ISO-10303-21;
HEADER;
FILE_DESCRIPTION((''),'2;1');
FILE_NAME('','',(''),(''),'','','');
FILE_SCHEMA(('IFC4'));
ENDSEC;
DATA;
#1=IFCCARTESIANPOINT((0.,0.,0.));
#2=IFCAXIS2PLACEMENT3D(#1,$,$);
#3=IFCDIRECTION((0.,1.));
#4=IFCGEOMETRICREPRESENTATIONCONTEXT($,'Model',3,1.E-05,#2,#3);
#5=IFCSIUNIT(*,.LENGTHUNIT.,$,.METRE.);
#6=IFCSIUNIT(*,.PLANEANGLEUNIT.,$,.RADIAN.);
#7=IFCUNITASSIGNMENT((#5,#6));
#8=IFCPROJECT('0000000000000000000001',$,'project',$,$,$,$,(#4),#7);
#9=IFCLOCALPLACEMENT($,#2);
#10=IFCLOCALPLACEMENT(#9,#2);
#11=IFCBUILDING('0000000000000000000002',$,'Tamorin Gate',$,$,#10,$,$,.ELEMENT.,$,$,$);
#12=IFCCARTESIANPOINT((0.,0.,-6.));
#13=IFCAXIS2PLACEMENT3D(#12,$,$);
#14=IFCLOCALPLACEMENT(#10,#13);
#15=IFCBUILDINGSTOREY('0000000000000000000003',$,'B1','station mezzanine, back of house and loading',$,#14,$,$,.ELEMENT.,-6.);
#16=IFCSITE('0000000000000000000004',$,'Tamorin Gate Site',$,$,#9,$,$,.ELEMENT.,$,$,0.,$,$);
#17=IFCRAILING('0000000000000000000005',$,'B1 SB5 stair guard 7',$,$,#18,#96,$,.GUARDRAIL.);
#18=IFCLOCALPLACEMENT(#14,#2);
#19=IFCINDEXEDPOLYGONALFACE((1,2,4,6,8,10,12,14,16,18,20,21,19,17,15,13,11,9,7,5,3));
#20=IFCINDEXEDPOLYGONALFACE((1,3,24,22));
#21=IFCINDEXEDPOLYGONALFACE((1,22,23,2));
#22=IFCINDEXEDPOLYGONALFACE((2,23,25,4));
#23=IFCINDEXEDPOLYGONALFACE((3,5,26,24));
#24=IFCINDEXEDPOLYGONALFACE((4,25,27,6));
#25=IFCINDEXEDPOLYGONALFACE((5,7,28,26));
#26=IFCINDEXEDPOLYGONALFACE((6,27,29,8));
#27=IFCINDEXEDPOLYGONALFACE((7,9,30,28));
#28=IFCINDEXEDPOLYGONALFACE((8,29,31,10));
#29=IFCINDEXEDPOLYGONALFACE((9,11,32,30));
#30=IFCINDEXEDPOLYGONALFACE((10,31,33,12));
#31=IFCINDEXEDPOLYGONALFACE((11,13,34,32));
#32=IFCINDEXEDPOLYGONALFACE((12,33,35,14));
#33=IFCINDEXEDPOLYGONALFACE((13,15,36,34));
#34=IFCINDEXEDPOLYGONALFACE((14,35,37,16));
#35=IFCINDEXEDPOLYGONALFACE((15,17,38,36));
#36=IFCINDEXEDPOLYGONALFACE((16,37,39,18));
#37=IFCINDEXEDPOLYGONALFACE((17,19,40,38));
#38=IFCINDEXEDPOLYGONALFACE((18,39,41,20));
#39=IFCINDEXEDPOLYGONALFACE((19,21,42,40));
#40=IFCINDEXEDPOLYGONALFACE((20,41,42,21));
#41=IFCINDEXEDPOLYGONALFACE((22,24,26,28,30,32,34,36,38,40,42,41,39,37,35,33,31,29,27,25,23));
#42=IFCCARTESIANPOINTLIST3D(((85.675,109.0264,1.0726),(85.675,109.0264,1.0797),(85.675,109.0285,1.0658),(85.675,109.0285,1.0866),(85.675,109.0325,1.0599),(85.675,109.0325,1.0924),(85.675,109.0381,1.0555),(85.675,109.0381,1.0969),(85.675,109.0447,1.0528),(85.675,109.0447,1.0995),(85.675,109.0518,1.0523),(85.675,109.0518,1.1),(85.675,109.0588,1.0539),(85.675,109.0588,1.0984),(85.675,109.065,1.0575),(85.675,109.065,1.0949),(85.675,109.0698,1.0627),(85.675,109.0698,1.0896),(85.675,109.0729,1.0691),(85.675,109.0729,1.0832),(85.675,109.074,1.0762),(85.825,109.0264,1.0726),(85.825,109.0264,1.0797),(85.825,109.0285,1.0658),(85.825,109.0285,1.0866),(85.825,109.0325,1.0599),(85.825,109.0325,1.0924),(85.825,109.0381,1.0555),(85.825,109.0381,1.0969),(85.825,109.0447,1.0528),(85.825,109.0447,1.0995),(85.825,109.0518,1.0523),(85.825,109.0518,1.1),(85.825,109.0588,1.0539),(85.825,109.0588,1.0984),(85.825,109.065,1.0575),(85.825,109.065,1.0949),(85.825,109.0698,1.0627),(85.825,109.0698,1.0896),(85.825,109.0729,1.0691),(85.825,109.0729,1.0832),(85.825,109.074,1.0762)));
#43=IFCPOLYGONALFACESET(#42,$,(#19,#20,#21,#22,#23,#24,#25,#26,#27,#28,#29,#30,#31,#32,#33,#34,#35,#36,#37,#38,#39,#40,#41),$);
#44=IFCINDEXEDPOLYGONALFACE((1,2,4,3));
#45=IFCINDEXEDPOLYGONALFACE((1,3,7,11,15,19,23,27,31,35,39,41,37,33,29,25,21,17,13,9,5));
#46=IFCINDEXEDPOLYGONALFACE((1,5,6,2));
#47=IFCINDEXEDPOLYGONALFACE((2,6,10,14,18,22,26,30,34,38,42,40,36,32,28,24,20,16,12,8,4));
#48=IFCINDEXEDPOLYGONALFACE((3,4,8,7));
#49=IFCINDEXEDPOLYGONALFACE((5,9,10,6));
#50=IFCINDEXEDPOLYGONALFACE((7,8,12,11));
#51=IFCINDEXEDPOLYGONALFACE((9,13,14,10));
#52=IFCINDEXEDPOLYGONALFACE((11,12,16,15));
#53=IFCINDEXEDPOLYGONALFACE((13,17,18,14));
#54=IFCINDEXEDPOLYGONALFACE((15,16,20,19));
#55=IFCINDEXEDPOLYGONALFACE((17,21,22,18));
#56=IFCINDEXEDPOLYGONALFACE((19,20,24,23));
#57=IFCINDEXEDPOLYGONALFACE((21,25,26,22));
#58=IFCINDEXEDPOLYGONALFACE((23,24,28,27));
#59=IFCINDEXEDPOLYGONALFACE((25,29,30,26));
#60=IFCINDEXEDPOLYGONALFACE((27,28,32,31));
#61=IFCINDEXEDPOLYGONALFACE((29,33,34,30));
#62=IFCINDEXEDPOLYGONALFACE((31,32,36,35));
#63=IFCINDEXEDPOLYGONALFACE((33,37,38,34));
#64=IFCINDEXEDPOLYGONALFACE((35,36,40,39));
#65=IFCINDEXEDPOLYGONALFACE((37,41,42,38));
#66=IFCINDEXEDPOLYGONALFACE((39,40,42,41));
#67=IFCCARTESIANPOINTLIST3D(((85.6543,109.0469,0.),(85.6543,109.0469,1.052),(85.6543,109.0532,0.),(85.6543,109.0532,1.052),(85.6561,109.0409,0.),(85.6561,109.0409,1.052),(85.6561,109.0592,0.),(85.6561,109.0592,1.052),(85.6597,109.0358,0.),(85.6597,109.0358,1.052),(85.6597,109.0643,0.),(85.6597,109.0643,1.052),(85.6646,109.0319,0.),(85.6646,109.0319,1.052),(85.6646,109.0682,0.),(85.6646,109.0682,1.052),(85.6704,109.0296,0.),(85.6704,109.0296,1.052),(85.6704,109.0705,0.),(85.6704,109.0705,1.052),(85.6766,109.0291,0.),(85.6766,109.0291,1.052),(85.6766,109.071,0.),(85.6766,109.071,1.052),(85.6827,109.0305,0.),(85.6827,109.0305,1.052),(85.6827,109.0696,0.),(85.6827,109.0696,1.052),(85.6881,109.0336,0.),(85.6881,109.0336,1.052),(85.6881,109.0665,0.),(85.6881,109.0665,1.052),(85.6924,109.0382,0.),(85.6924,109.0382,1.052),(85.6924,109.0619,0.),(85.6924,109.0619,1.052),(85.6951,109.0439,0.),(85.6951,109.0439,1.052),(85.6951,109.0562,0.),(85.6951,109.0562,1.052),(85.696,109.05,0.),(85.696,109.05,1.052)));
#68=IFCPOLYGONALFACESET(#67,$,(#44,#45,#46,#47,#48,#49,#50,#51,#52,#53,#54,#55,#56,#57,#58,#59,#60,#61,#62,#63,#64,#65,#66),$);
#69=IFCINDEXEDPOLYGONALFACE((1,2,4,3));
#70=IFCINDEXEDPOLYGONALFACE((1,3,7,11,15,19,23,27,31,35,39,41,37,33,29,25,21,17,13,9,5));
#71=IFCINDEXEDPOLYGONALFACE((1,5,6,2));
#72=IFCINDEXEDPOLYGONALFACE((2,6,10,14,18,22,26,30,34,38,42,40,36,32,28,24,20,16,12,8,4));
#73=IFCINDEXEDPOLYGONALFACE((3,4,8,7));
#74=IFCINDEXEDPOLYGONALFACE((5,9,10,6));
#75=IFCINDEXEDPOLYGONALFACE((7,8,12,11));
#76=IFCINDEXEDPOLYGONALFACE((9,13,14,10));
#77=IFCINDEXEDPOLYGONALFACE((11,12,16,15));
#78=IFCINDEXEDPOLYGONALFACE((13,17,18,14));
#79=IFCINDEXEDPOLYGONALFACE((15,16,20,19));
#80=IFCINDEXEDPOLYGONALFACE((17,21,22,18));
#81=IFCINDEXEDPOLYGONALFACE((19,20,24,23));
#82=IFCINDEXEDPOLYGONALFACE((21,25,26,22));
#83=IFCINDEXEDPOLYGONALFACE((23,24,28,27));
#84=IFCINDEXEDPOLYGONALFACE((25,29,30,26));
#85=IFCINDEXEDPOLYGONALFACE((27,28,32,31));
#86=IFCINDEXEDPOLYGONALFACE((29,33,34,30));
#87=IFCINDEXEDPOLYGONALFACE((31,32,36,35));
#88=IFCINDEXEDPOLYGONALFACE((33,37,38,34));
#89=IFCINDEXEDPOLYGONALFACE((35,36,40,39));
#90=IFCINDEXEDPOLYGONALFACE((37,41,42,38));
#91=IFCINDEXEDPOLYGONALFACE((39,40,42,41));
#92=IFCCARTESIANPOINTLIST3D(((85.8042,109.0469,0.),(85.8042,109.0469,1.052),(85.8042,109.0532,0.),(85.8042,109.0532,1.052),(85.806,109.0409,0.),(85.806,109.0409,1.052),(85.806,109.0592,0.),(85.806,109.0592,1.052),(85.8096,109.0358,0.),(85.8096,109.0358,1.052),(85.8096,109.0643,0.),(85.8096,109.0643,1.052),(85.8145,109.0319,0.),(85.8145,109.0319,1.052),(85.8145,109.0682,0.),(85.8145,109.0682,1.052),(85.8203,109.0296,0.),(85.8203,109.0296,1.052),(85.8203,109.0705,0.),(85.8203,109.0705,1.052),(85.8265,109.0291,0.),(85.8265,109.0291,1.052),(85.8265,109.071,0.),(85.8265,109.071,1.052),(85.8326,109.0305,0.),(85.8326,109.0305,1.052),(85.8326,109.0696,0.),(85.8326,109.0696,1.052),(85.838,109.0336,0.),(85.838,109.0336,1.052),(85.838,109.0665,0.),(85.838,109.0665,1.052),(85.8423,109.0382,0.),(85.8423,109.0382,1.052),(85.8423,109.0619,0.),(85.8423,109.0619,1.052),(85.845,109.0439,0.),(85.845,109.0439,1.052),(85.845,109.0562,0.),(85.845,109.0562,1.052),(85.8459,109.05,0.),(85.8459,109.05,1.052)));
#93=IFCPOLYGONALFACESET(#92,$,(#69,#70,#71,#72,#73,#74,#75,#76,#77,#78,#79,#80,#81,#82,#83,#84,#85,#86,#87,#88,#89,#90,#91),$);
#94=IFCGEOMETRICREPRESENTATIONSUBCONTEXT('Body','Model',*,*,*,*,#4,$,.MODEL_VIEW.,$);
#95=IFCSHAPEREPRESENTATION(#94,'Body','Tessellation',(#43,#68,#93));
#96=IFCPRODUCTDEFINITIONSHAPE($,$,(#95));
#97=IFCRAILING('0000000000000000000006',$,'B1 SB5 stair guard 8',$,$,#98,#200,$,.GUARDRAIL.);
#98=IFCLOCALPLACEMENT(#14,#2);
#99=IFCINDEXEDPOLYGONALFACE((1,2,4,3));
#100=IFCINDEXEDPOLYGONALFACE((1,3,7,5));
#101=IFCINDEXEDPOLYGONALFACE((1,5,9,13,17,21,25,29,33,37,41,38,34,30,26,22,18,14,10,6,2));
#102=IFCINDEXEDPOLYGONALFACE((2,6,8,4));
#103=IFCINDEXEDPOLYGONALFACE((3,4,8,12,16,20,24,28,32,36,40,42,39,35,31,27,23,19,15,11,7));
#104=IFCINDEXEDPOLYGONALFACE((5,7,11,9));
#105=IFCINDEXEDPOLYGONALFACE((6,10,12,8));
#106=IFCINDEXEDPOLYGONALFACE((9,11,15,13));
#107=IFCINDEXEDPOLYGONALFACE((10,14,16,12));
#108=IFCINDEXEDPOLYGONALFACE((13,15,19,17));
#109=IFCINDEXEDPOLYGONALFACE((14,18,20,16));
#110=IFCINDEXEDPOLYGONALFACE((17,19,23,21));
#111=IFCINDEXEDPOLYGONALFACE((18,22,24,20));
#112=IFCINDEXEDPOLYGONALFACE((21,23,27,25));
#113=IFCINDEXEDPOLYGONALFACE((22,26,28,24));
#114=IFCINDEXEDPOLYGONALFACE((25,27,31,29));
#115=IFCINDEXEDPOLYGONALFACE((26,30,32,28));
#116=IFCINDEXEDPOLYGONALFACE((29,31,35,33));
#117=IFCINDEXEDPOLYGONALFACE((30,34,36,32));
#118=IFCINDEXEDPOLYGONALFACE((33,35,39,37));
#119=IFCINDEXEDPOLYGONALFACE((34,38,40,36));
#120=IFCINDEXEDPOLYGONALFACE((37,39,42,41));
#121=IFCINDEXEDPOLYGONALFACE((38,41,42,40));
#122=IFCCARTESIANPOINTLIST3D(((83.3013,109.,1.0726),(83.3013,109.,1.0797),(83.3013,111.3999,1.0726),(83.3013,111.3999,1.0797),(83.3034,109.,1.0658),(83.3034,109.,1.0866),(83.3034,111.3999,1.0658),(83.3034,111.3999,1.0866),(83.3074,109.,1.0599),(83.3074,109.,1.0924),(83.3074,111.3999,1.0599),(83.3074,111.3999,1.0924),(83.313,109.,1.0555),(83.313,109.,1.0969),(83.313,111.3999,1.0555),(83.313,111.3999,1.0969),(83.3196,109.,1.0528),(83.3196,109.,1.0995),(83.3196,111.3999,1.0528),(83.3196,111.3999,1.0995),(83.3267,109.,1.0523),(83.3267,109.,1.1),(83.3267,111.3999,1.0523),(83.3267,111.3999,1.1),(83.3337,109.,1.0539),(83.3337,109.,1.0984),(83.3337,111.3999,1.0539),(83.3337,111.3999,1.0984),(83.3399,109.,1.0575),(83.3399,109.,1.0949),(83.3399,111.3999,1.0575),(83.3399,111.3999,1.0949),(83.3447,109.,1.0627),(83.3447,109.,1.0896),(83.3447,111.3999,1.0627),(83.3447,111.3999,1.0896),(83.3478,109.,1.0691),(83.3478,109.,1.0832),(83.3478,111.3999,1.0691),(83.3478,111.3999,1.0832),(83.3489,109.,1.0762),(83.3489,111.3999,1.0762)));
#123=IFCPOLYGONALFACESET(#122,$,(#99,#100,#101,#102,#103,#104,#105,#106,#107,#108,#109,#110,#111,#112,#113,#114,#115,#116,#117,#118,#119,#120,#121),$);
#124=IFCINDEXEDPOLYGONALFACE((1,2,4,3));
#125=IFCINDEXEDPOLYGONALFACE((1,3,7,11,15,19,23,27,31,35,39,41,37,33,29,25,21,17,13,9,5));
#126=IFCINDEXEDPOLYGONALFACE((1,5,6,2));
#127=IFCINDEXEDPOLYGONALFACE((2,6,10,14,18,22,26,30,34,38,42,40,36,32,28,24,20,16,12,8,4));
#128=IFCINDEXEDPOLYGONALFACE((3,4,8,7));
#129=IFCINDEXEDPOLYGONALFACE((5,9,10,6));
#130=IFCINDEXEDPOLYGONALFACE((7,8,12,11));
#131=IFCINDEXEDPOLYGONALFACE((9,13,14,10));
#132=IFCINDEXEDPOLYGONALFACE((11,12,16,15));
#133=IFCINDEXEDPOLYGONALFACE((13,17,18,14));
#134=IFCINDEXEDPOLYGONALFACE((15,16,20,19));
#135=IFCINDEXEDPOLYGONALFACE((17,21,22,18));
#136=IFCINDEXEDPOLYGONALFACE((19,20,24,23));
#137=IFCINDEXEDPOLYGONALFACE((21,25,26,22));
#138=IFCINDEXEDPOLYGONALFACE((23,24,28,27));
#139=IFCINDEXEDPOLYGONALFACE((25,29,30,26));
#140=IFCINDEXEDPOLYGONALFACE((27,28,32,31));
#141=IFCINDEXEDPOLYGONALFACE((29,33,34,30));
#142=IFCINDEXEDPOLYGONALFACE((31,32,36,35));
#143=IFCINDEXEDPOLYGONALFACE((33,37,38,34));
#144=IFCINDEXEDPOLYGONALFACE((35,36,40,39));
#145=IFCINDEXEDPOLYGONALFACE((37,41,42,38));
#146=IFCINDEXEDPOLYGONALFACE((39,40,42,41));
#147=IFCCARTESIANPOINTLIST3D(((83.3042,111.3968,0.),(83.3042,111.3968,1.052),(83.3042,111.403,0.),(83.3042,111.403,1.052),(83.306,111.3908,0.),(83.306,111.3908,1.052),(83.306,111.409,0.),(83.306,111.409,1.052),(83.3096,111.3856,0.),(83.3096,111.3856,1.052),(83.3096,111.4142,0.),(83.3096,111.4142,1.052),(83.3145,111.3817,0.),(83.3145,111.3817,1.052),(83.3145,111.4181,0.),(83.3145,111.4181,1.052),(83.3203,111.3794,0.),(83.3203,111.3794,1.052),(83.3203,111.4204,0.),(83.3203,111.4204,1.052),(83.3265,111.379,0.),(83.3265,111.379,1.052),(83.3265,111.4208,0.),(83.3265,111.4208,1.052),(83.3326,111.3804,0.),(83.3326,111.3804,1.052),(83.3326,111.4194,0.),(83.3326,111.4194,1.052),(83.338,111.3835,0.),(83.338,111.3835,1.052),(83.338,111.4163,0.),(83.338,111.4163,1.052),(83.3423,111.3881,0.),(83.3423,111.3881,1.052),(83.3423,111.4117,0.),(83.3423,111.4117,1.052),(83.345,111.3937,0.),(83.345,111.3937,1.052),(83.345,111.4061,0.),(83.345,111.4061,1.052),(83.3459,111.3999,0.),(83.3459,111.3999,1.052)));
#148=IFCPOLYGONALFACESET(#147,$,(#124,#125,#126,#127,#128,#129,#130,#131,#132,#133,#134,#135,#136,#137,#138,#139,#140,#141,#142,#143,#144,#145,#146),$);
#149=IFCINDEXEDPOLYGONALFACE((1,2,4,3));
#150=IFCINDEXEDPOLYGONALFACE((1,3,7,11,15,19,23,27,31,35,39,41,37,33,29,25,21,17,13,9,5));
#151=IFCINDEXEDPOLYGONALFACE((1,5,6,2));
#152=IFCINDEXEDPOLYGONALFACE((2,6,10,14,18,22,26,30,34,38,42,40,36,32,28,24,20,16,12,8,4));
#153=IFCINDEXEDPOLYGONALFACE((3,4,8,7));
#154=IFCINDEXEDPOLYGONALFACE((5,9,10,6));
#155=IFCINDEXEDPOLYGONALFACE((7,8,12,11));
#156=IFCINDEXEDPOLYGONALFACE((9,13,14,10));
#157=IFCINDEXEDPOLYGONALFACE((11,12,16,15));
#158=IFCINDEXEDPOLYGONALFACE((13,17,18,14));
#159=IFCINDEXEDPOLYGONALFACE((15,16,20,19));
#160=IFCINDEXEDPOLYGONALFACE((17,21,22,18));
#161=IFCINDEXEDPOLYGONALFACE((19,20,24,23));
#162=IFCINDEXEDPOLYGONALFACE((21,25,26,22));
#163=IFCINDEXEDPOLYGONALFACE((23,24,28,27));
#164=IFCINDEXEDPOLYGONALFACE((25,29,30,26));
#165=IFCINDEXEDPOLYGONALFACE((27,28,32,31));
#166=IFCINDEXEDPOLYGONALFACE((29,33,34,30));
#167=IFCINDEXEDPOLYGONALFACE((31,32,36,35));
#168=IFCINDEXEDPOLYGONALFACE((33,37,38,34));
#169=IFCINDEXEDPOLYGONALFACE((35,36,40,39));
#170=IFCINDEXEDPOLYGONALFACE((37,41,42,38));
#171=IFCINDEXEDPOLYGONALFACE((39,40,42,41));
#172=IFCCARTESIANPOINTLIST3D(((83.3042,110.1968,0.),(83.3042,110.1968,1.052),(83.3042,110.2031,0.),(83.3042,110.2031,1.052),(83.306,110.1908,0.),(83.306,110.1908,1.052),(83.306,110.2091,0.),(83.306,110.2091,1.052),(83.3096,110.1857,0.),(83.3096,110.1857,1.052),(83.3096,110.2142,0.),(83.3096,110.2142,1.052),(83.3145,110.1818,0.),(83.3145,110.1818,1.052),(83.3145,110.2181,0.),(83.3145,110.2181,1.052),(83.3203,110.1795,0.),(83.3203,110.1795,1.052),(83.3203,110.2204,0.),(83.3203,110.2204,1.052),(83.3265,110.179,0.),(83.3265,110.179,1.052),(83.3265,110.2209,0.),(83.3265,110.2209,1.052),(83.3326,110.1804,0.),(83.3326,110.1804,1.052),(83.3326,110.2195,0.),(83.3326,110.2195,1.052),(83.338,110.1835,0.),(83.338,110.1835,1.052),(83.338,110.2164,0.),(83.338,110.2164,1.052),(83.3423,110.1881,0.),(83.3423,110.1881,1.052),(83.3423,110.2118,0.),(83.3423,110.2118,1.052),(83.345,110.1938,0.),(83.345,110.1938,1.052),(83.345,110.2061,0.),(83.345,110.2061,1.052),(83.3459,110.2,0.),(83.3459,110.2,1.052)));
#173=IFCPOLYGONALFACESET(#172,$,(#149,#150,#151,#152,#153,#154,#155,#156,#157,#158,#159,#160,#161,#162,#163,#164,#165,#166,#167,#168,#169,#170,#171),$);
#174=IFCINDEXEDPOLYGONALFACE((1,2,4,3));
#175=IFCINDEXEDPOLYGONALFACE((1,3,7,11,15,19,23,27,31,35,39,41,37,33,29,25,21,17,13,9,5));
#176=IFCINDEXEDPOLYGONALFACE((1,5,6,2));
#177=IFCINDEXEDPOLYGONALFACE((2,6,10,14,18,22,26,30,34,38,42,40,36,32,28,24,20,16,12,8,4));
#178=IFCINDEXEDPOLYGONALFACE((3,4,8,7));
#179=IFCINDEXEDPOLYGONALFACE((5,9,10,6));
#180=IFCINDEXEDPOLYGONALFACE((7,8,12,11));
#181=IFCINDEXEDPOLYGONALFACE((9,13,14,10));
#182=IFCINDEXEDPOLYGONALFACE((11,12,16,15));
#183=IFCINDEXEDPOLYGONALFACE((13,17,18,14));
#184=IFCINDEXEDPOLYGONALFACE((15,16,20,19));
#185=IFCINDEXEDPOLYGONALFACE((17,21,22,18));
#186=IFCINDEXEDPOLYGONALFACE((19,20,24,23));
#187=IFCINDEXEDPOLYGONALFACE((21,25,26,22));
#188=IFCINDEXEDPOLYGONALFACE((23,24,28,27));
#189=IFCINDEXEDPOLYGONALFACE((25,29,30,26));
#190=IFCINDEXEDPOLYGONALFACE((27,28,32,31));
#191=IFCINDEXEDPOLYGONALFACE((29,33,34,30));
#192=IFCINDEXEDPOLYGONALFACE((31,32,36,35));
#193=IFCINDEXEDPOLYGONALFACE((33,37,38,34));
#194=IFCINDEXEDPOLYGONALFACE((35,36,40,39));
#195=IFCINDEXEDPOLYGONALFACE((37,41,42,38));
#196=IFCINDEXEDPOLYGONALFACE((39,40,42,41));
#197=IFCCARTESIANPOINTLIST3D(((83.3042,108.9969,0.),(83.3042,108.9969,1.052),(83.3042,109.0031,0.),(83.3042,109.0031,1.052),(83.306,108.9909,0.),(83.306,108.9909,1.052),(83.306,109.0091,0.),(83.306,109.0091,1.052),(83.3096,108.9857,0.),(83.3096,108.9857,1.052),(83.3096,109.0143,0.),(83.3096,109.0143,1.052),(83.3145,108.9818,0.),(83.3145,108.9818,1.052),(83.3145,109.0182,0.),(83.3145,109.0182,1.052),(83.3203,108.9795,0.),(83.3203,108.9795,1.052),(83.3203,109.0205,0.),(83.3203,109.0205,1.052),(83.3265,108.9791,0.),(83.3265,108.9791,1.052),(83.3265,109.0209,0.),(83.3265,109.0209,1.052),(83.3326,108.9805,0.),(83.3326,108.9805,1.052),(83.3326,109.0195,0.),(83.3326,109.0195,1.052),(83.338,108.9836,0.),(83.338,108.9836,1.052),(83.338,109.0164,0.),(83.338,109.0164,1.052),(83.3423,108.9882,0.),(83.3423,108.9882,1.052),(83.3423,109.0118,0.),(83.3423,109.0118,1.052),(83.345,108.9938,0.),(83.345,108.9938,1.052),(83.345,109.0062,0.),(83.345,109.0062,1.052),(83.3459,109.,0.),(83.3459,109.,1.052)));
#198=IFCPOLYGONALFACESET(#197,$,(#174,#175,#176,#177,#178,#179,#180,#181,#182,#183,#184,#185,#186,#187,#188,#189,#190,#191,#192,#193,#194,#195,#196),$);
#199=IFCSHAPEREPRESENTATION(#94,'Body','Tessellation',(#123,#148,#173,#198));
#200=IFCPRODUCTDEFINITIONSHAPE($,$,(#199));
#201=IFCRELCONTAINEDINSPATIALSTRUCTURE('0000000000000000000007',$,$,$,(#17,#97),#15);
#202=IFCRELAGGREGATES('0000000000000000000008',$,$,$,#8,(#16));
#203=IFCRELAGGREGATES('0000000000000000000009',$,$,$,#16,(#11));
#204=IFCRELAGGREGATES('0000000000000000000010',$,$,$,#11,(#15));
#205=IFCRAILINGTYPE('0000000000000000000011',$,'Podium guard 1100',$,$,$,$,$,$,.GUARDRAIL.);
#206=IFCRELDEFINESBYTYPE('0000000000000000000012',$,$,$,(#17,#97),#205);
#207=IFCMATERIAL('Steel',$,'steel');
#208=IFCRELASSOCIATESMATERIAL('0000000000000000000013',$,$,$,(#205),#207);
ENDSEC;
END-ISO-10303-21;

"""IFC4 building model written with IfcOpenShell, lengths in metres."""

from ifc_helpers import new_model, si_unit, direction, frame, origin, origin_2d, place, context, subcontext, project, spatial, circle, extrude, material, type_object, element, save


model = new_model("IFC4")

# Units and contexts
model_context = context("Model", 3, precision=1e-05, world=origin(), true_north=direction((0.0, 1.0)))
body_context = subcontext(model_context, "Body", "Model", "MODEL_VIEW")
ifc_project = project(units=[si_unit("LENGTHUNIT", "METRE"), si_unit("PLANEANGLEUNIT", "RADIAN")], contexts=[model_context])

# Site, building, storey
site_placement = place(None, origin())
site = spatial("IfcSite", under=ifc_project, at=site_placement, Name="Tamorin Gate Site", CompositionType="ELEMENT", RefElevation=0.0)
building_placement = place(site_placement, origin())
building = spatial("IfcBuilding", under=site, at=building_placement, Name="Tamorin Gate", CompositionType="ELEMENT")
storey_placement = place(building_placement, frame((0.0, 0.0, -6.0)))
storey = spatial("IfcBuildingStorey", under=building, at=storey_placement, Name="B1", Description="station mezzanine, back of house and loading", CompositionType="ELEMENT", Elevation=-6.0)

# Railings
ifc_material_1 = material(Name="Steel", Category="steel")
railing_type_1 = type_object("IfcRailingType", Name="Podium guard 1100", PredefinedType="GUARDRAIL", material=ifc_material_1)
railing_1_placement = place(storey_placement, frame((85.675, 109.05, 0.0)))
element("IfcRailing", 1, at=railing_1_placement, inside=storey, type_object=railing_type_1, Name="B1 SB5 stair guard 7", PredefinedType="GUARDRAIL", context=body_context, shape_type="SweptSolid", body=[
    extrude(circle(Radius=0.0239, at=origin_2d()), frame((0.0, 0.0, 1.0762), z_axis=(1.0, 0.0, 0.0), x_axis=(0.0, 1.0, 0.0)), (0.0, 0.0, 1.0), 0.1499),
    extrude(circle(Radius=0.021, at=origin_2d()), origin(), (0.0, 0.0, 1.0), 1.052),
    extrude(circle(Radius=0.021, at=origin_2d()), frame((0.1499, 0.0, 0.0)), (0.0, 0.0, 1.0), 1.052),
])
for number, where, name in (
    (2, (83.325, 111.3999, 0.0), "B1 SB5 stair guard 8"),
):
    element("IfcRailing", number, at=place(storey_placement, frame(where)), inside=storey, type_object=railing_type_1, Name=name, PredefinedType="GUARDRAIL", context=body_context, shape_type="SweptSolid", body=[
        extrude(circle(Radius=0.0239, at=origin_2d()), frame((0.0, 0.0, 1.0762), z_axis=(0.0, -1.0, 0.0), x_axis=(1.0, 0.0, 0.0)), (0.0, 0.0, 1.0), 2.3999),
        extrude(circle(Radius=0.021, at=origin_2d()), origin(), (0.0, 0.0, 1.0), 1.052),
        extrude(circle(Radius=0.021, at=origin_2d()), frame((0.0, -1.2, 0.0)), (0.0, 0.0, 1.0), 1.052),
        extrude(circle(Radius=0.021, at=origin_2d()), frame((0.0, -2.3999, 0.0)), (0.0, 0.0, 1.0), 1.052),
    ])

save(model, "model.ifc")
